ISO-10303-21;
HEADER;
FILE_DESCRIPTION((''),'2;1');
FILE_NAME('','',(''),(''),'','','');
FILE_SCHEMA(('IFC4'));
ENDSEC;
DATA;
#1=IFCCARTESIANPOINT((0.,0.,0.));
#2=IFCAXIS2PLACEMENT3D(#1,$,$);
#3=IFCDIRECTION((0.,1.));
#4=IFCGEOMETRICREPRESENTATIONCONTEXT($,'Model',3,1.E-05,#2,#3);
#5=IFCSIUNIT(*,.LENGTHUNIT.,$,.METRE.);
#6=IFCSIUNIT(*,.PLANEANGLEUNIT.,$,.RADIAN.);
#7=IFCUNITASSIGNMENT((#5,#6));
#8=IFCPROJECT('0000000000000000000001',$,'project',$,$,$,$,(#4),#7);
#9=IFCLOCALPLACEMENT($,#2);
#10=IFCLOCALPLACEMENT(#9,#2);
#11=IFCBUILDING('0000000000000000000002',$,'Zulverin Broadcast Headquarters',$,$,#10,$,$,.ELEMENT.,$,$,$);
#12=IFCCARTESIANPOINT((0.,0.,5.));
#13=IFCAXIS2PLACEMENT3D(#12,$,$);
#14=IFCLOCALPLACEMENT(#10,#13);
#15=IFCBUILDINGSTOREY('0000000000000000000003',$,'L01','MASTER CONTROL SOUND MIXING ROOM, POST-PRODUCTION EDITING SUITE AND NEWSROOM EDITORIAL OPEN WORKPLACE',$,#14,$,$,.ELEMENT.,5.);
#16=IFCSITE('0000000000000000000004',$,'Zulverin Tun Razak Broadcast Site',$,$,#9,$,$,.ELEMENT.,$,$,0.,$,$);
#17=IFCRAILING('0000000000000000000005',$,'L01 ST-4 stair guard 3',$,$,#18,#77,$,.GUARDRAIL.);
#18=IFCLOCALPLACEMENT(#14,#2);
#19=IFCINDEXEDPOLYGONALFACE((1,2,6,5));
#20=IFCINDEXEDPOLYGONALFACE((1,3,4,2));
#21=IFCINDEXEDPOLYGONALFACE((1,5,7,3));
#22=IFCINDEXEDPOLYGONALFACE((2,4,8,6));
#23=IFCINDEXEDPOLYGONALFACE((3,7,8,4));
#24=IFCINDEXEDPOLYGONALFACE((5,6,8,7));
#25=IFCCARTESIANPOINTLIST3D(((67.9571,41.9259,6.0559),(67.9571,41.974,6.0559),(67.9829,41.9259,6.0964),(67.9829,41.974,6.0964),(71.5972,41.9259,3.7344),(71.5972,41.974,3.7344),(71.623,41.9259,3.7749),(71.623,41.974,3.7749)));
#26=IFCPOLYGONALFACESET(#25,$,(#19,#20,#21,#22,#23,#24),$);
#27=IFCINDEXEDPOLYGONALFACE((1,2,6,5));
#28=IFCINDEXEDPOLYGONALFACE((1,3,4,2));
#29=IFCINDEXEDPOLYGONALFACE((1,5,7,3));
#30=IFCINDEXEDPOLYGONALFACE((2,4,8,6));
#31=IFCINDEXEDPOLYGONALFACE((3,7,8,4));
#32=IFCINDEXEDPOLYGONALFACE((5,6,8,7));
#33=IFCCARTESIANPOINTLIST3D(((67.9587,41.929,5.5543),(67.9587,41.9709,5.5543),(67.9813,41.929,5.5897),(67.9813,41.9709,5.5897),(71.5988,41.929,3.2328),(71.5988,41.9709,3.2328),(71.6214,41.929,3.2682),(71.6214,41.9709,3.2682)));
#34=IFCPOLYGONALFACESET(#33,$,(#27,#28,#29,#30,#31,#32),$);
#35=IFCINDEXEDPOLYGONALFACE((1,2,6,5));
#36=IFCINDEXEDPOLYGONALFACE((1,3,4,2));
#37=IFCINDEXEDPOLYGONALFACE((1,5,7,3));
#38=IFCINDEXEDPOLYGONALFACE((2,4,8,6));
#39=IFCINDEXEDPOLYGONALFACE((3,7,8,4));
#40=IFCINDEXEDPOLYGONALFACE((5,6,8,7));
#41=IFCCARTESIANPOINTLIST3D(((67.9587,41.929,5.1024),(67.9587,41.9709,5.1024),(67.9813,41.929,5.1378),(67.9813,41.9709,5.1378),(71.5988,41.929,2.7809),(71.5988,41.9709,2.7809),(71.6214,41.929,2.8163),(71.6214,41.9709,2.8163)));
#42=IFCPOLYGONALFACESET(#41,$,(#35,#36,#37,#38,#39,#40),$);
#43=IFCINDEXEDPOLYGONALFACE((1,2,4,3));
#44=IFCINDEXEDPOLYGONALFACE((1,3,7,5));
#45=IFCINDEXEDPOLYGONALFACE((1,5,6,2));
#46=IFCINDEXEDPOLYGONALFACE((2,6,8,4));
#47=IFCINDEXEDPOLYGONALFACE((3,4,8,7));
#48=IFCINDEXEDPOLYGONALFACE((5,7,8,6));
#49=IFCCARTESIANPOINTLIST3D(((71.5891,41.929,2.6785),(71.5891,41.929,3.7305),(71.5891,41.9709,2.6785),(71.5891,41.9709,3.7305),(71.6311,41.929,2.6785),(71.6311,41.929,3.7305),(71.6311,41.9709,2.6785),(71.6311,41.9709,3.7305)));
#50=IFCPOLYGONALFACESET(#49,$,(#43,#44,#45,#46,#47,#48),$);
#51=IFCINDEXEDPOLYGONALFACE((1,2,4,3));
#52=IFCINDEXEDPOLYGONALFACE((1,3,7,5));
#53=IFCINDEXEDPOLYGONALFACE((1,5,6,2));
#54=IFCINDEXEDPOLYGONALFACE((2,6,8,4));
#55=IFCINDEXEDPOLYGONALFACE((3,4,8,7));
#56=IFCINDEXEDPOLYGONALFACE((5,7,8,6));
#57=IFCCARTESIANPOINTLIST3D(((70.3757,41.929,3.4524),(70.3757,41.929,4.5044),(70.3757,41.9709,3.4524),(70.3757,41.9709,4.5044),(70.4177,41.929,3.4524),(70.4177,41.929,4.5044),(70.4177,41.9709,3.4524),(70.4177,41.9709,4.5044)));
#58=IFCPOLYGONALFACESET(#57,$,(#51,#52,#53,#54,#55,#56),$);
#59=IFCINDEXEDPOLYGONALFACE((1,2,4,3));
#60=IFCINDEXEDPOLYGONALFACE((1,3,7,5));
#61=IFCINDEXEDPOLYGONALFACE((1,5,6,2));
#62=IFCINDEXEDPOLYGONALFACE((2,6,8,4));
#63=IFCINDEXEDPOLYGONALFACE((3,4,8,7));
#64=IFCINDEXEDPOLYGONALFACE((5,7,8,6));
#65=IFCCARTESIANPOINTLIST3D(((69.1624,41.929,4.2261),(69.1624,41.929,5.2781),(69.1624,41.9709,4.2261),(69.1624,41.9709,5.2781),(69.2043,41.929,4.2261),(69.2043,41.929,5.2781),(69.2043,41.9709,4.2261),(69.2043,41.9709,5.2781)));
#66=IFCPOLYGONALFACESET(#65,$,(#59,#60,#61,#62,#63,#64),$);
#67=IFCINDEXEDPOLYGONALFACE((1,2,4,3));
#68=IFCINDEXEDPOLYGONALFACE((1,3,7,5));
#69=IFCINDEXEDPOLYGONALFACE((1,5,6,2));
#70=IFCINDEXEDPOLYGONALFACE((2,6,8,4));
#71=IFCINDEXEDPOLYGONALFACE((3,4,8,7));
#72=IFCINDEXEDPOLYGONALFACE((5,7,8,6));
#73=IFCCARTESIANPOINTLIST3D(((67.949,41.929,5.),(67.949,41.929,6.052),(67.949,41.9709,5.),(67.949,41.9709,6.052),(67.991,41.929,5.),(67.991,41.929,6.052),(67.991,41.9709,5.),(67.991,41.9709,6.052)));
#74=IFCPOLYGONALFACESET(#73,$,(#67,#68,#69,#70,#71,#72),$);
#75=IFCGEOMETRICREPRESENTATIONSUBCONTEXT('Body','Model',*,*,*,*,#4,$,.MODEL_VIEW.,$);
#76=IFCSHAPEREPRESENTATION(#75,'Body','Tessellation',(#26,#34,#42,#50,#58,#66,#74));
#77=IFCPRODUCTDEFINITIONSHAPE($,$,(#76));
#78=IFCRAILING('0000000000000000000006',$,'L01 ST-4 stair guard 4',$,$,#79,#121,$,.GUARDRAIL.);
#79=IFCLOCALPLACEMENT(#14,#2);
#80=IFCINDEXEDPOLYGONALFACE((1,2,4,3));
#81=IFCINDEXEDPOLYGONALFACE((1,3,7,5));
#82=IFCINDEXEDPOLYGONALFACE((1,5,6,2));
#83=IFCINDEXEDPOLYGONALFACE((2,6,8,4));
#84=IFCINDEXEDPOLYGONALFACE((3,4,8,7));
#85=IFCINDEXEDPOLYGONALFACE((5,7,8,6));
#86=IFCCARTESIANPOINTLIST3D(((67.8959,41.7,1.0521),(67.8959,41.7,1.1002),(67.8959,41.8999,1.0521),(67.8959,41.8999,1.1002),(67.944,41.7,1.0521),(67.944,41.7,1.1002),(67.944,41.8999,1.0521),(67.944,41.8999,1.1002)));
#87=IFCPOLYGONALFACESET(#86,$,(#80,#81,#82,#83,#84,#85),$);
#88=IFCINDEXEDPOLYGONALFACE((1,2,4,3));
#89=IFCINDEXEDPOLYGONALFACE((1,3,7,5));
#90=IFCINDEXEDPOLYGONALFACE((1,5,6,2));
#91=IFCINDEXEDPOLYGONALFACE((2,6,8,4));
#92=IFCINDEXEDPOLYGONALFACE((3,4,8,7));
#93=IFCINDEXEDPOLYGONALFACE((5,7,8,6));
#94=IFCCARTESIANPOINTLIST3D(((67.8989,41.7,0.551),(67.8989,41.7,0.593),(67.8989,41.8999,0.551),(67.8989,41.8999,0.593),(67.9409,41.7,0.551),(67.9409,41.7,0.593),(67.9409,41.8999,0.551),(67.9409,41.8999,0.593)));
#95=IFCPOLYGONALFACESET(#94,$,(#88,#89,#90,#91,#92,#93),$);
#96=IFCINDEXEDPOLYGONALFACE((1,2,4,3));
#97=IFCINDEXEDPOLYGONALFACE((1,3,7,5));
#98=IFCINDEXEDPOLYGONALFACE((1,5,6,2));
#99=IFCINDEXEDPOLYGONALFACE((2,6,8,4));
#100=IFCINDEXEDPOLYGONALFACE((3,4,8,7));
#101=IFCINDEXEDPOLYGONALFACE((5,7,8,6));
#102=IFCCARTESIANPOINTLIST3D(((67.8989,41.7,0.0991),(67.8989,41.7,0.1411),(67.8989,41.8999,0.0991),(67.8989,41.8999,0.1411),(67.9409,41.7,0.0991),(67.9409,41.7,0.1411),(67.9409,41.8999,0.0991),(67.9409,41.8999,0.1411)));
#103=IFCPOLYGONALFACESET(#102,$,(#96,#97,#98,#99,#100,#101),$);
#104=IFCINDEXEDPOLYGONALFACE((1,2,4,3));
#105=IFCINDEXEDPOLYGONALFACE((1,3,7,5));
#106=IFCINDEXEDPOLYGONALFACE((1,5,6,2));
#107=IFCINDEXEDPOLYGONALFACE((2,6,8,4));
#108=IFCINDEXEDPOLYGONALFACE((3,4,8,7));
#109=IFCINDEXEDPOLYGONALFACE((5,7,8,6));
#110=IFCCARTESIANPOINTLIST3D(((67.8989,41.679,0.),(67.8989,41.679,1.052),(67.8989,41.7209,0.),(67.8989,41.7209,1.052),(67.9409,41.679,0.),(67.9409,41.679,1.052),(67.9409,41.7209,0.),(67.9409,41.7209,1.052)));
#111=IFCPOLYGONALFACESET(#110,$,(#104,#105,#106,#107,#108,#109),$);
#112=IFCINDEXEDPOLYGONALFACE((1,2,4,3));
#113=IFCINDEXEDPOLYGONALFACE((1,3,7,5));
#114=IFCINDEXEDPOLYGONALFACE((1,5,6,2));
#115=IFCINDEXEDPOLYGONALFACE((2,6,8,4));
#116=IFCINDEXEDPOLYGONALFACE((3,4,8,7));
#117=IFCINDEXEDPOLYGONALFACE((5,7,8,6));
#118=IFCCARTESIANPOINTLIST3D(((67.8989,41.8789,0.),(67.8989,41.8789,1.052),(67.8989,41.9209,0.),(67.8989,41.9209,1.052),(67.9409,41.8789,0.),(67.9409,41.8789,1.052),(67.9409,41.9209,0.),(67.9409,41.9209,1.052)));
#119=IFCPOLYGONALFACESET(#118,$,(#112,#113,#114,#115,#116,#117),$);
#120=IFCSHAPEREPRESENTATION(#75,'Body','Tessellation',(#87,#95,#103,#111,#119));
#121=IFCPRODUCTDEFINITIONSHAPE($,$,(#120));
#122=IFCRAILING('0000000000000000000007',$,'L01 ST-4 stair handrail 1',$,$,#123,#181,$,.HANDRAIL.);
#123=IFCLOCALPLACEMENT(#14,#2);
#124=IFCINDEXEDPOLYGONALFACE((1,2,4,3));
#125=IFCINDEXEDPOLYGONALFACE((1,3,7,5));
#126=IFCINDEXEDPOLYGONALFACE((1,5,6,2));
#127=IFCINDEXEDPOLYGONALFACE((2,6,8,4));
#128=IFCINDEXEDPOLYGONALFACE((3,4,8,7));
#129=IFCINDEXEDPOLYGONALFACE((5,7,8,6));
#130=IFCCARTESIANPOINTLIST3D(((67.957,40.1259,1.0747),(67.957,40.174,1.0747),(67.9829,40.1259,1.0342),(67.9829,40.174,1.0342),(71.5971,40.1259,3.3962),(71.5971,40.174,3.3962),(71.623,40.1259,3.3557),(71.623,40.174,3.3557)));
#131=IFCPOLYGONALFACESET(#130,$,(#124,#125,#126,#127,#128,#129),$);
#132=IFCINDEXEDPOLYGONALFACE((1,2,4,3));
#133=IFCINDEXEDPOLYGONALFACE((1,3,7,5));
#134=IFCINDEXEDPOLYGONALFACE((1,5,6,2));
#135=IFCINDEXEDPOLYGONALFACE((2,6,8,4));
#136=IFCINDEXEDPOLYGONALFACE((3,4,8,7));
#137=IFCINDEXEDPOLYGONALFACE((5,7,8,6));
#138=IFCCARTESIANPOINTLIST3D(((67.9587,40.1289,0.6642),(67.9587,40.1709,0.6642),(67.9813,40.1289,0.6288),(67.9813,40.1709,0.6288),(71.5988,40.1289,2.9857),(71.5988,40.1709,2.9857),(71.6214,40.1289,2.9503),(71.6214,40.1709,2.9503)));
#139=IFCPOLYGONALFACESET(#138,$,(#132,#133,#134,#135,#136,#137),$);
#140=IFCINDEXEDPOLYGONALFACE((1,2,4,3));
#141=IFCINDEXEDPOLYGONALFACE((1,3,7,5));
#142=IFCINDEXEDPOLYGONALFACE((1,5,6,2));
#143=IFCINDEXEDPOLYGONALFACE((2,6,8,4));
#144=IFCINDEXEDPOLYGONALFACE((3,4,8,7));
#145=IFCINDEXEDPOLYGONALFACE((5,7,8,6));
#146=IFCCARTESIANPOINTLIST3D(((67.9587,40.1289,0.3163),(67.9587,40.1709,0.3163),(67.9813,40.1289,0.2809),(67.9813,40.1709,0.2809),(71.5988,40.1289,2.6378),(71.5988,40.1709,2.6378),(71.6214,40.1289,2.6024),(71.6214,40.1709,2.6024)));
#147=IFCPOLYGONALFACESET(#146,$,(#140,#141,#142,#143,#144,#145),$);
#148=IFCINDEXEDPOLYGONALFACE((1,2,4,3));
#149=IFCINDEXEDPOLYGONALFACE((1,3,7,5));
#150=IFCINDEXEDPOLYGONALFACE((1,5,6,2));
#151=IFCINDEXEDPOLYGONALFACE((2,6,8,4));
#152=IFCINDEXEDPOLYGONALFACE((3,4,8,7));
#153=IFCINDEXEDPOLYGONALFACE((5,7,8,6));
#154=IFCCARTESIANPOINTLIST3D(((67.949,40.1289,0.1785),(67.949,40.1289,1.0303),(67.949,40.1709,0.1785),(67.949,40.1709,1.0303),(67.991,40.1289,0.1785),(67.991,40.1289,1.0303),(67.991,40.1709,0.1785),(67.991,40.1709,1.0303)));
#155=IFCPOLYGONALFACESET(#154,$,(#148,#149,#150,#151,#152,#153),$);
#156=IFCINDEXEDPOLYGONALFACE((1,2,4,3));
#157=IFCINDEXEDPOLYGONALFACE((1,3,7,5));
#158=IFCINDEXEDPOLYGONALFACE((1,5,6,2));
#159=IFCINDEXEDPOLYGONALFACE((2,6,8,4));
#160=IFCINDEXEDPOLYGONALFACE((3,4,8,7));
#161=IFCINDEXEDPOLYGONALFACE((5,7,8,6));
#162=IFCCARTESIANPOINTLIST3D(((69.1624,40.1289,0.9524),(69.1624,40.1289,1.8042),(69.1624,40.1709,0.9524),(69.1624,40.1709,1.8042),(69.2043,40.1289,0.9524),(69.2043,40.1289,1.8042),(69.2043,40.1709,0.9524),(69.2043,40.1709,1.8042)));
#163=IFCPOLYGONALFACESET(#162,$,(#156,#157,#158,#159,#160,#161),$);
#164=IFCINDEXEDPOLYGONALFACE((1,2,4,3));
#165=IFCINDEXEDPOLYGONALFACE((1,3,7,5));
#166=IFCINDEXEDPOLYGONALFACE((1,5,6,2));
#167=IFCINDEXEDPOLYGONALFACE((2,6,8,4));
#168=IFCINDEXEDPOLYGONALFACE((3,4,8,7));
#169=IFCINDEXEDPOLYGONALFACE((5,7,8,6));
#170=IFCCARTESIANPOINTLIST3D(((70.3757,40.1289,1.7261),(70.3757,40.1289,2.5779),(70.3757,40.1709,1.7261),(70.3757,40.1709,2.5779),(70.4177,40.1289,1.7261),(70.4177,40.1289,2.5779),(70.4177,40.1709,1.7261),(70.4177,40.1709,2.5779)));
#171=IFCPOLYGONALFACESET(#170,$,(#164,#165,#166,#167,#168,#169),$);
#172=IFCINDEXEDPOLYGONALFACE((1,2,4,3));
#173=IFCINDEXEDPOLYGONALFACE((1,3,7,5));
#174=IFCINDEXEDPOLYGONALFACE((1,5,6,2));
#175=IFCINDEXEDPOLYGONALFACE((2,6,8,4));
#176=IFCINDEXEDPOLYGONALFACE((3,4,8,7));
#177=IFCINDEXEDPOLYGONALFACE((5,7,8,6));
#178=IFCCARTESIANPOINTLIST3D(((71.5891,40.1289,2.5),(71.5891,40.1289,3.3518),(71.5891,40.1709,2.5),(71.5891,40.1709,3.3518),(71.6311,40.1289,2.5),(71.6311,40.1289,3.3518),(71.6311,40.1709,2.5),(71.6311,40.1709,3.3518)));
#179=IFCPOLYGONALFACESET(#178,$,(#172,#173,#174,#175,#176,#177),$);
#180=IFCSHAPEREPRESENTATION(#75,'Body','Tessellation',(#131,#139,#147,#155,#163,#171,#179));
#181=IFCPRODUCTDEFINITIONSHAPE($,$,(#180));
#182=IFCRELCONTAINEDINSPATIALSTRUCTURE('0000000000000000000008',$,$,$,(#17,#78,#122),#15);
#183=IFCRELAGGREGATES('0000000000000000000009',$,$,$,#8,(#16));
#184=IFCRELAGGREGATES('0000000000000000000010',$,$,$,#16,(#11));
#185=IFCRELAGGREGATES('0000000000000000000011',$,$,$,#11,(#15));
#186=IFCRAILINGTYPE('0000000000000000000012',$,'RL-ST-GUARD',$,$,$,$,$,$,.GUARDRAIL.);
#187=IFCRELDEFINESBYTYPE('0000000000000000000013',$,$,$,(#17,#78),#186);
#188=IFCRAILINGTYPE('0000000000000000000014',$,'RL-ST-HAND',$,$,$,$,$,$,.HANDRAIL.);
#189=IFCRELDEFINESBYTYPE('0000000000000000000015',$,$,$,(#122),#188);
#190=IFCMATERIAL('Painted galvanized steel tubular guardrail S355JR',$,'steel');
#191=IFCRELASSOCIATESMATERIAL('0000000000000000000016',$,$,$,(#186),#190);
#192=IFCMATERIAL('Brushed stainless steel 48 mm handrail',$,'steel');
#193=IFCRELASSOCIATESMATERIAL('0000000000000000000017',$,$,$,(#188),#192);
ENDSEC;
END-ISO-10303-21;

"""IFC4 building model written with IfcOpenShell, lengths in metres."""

from ifc_helpers import new_model, si_unit, direction, frame, origin, origin_2d, place, context, subcontext, project, spatial, rectangle, extrude, material, type_object, element, save


model = new_model("IFC4")

# Units and contexts
model_context = context("Model", 3, precision=1e-05, world=origin(), true_north=direction((0.0, 1.0)))
body_context = subcontext(model_context, "Body", "Model", "MODEL_VIEW")
ifc_project = project(units=[si_unit("LENGTHUNIT", "METRE"), si_unit("PLANEANGLEUNIT", "RADIAN")], contexts=[model_context])

# Site, building, storey
site_placement = place(None, origin())
site = spatial("IfcSite", under=ifc_project, at=site_placement, Name="Zulverin Tun Razak Broadcast Site", CompositionType="ELEMENT", RefElevation=0.0)
building_placement = place(site_placement, origin())
building = spatial("IfcBuilding", under=site, at=building_placement, Name="Zulverin Broadcast Headquarters", CompositionType="ELEMENT")
storey_placement = place(building_placement, frame((0.0, 0.0, 5.0)))
storey = spatial("IfcBuildingStorey", under=building, at=storey_placement, Name="L01", Description="MASTER CONTROL SOUND MIXING ROOM, POST-PRODUCTION EDITING SUITE AND NEWSROOM EDITORIAL OPEN WORKPLACE", CompositionType="ELEMENT", Elevation=5.0)

# Railings
ifc_material_1 = material(Name="Painted galvanized steel tubular guardrail S355JR", Category="steel")
railing_type_1 = type_object("IfcRailingType", Name="RL-ST-GUARD", PredefinedType="GUARDRAIL", material=ifc_material_1)
railing_1_placement = place(storey_placement, frame((71.6101, 41.95, 2.6785)))
element("IfcRailing", 1, at=railing_1_placement, inside=storey, type_object=railing_type_1, Name="L01 ST-4 stair guard 3", PredefinedType="GUARDRAIL", context=body_context, shape_type="SweptSolid", body=[
    extrude(rectangle(XDim=0.0481, YDim=0.0481, at=origin_2d()), frame((0.0, 0.0, 1.0762), z_axis=(-0.843128, 0.0, 0.537713), x_axis=(0.0, -1.0, 0.0)), (0.0, 0.0, 1.0), 4.3174),
    extrude(rectangle(XDim=0.042, YDim=0.042, at=origin_2d()), frame((0.0, 0.0, 0.572), z_axis=(-0.843128, 0.0, 0.537713), x_axis=(0.0, -1.0, 0.0)), (0.0, 0.0, 1.0), 4.3174),
    extrude(rectangle(XDim=0.042, YDim=0.042, at=origin_2d()), frame((0.0, 0.0, 0.1201), z_axis=(-0.843128, 0.0, 0.537713), x_axis=(0.0, -1.0, 0.0)), (0.0, 0.0, 1.0), 4.3174),
    extrude(rectangle(XDim=0.042, YDim=0.042, at=origin_2d()), origin(), (0.0, 0.0, 1.0), 1.052),
    extrude(rectangle(XDim=0.042, YDim=0.042, at=origin_2d()), frame((-1.2134, 0.0, 0.7739)), (0.0, 0.0, 1.0), 1.052),
    extrude(rectangle(XDim=0.042, YDim=0.042, at=origin_2d()), frame((-2.4268, 0.0, 1.5476)), (0.0, 0.0, 1.0), 1.052),
    extrude(rectangle(XDim=0.042, YDim=0.042, at=origin_2d()), frame((-3.6401, 0.0, 2.3215)), (0.0, 0.0, 1.0), 1.052),
])
railing_2_placement = place(storey_placement, frame((67.9199, 41.7, 0.0)))
element("IfcRailing", 2, at=railing_2_placement, inside=storey, type_object=railing_type_1, Name="L01 ST-4 stair guard 4", PredefinedType="GUARDRAIL", context=body_context, shape_type="SweptSolid", body=[
    extrude(rectangle(XDim=0.0481, YDim=0.0481, at=origin_2d()), frame((0.0, 0.0, 1.0762), z_axis=(0.0, 1.0, 0.0), x_axis=(-1.0, 0.0, 0.0)), (0.0, 0.0, 1.0), 0.2),
    extrude(rectangle(XDim=0.042, YDim=0.042, at=origin_2d()), frame((0.0, 0.0, 0.572), z_axis=(0.0, 1.0, 0.0), x_axis=(-1.0, 0.0, 0.0)), (0.0, 0.0, 1.0), 0.2),
    extrude(rectangle(XDim=0.042, YDim=0.042, at=origin_2d()), frame((0.0, 0.0, 0.1201), z_axis=(0.0, 1.0, 0.0), x_axis=(-1.0, 0.0, 0.0)), (0.0, 0.0, 1.0), 0.2),
    extrude(rectangle(XDim=0.042, YDim=0.042, at=origin_2d()), origin(), (0.0, 0.0, 1.0), 1.052),
    extrude(rectangle(XDim=0.042, YDim=0.042, at=origin_2d()), frame((0.0, 0.2, 0.0)), (0.0, 0.0, 1.0), 1.052),
])
ifc_material_2 = material(Name="Brushed stainless steel 48 mm handrail", Category="steel")
railing_type_2 = type_object("IfcRailingType", Name="RL-ST-HAND", PredefinedType="HANDRAIL", material=ifc_material_2)
railing_3_placement = place(storey_placement, frame((67.97, 40.1499, 0.1785)))
element("IfcRailing", 3, at=railing_3_placement, inside=storey, type_object=railing_type_2, Name="L01 ST-4 stair handrail 1", PredefinedType="HANDRAIL", context=body_context, shape_type="SweptSolid", body=[
    extrude(rectangle(XDim=0.0481, YDim=0.0481, at=origin_2d()), frame((0.0, 0.0, 0.876), z_axis=(0.843128, 0.0, 0.537713), x_axis=(0.0, 1.0, 0.0)), (0.0, 0.0, 1.0), 4.3174),
    extrude(rectangle(XDim=0.042, YDim=0.042, at=origin_2d()), frame((0.0, 0.0, 0.468), z_axis=(0.843128, 0.0, 0.537713), x_axis=(0.0, 1.0, 0.0)), (0.0, 0.0, 1.0), 4.3174),
    extrude(rectangle(XDim=0.042, YDim=0.042, at=origin_2d()), frame((0.0, 0.0, 0.1201), z_axis=(0.843128, 0.0, 0.537713), x_axis=(0.0, 1.0, 0.0)), (0.0, 0.0, 1.0), 4.3174),
    extrude(rectangle(XDim=0.042, YDim=0.042, at=origin_2d()), origin(), (0.0, 0.0, 1.0), 0.8518),
    extrude(rectangle(XDim=0.042, YDim=0.042, at=origin_2d()), frame((1.2134, 0.0, 0.7739)), (0.0, 0.0, 1.0), 0.8518),
    extrude(rectangle(XDim=0.042, YDim=0.042, at=origin_2d()), frame((2.4268, 0.0, 1.5476)), (0.0, 0.0, 1.0), 0.8518),
    extrude(rectangle(XDim=0.042, YDim=0.042, at=origin_2d()), frame((3.6401, 0.0, 2.3215)), (0.0, 0.0, 1.0), 0.8518),
])

save(model, "model.ifc")
